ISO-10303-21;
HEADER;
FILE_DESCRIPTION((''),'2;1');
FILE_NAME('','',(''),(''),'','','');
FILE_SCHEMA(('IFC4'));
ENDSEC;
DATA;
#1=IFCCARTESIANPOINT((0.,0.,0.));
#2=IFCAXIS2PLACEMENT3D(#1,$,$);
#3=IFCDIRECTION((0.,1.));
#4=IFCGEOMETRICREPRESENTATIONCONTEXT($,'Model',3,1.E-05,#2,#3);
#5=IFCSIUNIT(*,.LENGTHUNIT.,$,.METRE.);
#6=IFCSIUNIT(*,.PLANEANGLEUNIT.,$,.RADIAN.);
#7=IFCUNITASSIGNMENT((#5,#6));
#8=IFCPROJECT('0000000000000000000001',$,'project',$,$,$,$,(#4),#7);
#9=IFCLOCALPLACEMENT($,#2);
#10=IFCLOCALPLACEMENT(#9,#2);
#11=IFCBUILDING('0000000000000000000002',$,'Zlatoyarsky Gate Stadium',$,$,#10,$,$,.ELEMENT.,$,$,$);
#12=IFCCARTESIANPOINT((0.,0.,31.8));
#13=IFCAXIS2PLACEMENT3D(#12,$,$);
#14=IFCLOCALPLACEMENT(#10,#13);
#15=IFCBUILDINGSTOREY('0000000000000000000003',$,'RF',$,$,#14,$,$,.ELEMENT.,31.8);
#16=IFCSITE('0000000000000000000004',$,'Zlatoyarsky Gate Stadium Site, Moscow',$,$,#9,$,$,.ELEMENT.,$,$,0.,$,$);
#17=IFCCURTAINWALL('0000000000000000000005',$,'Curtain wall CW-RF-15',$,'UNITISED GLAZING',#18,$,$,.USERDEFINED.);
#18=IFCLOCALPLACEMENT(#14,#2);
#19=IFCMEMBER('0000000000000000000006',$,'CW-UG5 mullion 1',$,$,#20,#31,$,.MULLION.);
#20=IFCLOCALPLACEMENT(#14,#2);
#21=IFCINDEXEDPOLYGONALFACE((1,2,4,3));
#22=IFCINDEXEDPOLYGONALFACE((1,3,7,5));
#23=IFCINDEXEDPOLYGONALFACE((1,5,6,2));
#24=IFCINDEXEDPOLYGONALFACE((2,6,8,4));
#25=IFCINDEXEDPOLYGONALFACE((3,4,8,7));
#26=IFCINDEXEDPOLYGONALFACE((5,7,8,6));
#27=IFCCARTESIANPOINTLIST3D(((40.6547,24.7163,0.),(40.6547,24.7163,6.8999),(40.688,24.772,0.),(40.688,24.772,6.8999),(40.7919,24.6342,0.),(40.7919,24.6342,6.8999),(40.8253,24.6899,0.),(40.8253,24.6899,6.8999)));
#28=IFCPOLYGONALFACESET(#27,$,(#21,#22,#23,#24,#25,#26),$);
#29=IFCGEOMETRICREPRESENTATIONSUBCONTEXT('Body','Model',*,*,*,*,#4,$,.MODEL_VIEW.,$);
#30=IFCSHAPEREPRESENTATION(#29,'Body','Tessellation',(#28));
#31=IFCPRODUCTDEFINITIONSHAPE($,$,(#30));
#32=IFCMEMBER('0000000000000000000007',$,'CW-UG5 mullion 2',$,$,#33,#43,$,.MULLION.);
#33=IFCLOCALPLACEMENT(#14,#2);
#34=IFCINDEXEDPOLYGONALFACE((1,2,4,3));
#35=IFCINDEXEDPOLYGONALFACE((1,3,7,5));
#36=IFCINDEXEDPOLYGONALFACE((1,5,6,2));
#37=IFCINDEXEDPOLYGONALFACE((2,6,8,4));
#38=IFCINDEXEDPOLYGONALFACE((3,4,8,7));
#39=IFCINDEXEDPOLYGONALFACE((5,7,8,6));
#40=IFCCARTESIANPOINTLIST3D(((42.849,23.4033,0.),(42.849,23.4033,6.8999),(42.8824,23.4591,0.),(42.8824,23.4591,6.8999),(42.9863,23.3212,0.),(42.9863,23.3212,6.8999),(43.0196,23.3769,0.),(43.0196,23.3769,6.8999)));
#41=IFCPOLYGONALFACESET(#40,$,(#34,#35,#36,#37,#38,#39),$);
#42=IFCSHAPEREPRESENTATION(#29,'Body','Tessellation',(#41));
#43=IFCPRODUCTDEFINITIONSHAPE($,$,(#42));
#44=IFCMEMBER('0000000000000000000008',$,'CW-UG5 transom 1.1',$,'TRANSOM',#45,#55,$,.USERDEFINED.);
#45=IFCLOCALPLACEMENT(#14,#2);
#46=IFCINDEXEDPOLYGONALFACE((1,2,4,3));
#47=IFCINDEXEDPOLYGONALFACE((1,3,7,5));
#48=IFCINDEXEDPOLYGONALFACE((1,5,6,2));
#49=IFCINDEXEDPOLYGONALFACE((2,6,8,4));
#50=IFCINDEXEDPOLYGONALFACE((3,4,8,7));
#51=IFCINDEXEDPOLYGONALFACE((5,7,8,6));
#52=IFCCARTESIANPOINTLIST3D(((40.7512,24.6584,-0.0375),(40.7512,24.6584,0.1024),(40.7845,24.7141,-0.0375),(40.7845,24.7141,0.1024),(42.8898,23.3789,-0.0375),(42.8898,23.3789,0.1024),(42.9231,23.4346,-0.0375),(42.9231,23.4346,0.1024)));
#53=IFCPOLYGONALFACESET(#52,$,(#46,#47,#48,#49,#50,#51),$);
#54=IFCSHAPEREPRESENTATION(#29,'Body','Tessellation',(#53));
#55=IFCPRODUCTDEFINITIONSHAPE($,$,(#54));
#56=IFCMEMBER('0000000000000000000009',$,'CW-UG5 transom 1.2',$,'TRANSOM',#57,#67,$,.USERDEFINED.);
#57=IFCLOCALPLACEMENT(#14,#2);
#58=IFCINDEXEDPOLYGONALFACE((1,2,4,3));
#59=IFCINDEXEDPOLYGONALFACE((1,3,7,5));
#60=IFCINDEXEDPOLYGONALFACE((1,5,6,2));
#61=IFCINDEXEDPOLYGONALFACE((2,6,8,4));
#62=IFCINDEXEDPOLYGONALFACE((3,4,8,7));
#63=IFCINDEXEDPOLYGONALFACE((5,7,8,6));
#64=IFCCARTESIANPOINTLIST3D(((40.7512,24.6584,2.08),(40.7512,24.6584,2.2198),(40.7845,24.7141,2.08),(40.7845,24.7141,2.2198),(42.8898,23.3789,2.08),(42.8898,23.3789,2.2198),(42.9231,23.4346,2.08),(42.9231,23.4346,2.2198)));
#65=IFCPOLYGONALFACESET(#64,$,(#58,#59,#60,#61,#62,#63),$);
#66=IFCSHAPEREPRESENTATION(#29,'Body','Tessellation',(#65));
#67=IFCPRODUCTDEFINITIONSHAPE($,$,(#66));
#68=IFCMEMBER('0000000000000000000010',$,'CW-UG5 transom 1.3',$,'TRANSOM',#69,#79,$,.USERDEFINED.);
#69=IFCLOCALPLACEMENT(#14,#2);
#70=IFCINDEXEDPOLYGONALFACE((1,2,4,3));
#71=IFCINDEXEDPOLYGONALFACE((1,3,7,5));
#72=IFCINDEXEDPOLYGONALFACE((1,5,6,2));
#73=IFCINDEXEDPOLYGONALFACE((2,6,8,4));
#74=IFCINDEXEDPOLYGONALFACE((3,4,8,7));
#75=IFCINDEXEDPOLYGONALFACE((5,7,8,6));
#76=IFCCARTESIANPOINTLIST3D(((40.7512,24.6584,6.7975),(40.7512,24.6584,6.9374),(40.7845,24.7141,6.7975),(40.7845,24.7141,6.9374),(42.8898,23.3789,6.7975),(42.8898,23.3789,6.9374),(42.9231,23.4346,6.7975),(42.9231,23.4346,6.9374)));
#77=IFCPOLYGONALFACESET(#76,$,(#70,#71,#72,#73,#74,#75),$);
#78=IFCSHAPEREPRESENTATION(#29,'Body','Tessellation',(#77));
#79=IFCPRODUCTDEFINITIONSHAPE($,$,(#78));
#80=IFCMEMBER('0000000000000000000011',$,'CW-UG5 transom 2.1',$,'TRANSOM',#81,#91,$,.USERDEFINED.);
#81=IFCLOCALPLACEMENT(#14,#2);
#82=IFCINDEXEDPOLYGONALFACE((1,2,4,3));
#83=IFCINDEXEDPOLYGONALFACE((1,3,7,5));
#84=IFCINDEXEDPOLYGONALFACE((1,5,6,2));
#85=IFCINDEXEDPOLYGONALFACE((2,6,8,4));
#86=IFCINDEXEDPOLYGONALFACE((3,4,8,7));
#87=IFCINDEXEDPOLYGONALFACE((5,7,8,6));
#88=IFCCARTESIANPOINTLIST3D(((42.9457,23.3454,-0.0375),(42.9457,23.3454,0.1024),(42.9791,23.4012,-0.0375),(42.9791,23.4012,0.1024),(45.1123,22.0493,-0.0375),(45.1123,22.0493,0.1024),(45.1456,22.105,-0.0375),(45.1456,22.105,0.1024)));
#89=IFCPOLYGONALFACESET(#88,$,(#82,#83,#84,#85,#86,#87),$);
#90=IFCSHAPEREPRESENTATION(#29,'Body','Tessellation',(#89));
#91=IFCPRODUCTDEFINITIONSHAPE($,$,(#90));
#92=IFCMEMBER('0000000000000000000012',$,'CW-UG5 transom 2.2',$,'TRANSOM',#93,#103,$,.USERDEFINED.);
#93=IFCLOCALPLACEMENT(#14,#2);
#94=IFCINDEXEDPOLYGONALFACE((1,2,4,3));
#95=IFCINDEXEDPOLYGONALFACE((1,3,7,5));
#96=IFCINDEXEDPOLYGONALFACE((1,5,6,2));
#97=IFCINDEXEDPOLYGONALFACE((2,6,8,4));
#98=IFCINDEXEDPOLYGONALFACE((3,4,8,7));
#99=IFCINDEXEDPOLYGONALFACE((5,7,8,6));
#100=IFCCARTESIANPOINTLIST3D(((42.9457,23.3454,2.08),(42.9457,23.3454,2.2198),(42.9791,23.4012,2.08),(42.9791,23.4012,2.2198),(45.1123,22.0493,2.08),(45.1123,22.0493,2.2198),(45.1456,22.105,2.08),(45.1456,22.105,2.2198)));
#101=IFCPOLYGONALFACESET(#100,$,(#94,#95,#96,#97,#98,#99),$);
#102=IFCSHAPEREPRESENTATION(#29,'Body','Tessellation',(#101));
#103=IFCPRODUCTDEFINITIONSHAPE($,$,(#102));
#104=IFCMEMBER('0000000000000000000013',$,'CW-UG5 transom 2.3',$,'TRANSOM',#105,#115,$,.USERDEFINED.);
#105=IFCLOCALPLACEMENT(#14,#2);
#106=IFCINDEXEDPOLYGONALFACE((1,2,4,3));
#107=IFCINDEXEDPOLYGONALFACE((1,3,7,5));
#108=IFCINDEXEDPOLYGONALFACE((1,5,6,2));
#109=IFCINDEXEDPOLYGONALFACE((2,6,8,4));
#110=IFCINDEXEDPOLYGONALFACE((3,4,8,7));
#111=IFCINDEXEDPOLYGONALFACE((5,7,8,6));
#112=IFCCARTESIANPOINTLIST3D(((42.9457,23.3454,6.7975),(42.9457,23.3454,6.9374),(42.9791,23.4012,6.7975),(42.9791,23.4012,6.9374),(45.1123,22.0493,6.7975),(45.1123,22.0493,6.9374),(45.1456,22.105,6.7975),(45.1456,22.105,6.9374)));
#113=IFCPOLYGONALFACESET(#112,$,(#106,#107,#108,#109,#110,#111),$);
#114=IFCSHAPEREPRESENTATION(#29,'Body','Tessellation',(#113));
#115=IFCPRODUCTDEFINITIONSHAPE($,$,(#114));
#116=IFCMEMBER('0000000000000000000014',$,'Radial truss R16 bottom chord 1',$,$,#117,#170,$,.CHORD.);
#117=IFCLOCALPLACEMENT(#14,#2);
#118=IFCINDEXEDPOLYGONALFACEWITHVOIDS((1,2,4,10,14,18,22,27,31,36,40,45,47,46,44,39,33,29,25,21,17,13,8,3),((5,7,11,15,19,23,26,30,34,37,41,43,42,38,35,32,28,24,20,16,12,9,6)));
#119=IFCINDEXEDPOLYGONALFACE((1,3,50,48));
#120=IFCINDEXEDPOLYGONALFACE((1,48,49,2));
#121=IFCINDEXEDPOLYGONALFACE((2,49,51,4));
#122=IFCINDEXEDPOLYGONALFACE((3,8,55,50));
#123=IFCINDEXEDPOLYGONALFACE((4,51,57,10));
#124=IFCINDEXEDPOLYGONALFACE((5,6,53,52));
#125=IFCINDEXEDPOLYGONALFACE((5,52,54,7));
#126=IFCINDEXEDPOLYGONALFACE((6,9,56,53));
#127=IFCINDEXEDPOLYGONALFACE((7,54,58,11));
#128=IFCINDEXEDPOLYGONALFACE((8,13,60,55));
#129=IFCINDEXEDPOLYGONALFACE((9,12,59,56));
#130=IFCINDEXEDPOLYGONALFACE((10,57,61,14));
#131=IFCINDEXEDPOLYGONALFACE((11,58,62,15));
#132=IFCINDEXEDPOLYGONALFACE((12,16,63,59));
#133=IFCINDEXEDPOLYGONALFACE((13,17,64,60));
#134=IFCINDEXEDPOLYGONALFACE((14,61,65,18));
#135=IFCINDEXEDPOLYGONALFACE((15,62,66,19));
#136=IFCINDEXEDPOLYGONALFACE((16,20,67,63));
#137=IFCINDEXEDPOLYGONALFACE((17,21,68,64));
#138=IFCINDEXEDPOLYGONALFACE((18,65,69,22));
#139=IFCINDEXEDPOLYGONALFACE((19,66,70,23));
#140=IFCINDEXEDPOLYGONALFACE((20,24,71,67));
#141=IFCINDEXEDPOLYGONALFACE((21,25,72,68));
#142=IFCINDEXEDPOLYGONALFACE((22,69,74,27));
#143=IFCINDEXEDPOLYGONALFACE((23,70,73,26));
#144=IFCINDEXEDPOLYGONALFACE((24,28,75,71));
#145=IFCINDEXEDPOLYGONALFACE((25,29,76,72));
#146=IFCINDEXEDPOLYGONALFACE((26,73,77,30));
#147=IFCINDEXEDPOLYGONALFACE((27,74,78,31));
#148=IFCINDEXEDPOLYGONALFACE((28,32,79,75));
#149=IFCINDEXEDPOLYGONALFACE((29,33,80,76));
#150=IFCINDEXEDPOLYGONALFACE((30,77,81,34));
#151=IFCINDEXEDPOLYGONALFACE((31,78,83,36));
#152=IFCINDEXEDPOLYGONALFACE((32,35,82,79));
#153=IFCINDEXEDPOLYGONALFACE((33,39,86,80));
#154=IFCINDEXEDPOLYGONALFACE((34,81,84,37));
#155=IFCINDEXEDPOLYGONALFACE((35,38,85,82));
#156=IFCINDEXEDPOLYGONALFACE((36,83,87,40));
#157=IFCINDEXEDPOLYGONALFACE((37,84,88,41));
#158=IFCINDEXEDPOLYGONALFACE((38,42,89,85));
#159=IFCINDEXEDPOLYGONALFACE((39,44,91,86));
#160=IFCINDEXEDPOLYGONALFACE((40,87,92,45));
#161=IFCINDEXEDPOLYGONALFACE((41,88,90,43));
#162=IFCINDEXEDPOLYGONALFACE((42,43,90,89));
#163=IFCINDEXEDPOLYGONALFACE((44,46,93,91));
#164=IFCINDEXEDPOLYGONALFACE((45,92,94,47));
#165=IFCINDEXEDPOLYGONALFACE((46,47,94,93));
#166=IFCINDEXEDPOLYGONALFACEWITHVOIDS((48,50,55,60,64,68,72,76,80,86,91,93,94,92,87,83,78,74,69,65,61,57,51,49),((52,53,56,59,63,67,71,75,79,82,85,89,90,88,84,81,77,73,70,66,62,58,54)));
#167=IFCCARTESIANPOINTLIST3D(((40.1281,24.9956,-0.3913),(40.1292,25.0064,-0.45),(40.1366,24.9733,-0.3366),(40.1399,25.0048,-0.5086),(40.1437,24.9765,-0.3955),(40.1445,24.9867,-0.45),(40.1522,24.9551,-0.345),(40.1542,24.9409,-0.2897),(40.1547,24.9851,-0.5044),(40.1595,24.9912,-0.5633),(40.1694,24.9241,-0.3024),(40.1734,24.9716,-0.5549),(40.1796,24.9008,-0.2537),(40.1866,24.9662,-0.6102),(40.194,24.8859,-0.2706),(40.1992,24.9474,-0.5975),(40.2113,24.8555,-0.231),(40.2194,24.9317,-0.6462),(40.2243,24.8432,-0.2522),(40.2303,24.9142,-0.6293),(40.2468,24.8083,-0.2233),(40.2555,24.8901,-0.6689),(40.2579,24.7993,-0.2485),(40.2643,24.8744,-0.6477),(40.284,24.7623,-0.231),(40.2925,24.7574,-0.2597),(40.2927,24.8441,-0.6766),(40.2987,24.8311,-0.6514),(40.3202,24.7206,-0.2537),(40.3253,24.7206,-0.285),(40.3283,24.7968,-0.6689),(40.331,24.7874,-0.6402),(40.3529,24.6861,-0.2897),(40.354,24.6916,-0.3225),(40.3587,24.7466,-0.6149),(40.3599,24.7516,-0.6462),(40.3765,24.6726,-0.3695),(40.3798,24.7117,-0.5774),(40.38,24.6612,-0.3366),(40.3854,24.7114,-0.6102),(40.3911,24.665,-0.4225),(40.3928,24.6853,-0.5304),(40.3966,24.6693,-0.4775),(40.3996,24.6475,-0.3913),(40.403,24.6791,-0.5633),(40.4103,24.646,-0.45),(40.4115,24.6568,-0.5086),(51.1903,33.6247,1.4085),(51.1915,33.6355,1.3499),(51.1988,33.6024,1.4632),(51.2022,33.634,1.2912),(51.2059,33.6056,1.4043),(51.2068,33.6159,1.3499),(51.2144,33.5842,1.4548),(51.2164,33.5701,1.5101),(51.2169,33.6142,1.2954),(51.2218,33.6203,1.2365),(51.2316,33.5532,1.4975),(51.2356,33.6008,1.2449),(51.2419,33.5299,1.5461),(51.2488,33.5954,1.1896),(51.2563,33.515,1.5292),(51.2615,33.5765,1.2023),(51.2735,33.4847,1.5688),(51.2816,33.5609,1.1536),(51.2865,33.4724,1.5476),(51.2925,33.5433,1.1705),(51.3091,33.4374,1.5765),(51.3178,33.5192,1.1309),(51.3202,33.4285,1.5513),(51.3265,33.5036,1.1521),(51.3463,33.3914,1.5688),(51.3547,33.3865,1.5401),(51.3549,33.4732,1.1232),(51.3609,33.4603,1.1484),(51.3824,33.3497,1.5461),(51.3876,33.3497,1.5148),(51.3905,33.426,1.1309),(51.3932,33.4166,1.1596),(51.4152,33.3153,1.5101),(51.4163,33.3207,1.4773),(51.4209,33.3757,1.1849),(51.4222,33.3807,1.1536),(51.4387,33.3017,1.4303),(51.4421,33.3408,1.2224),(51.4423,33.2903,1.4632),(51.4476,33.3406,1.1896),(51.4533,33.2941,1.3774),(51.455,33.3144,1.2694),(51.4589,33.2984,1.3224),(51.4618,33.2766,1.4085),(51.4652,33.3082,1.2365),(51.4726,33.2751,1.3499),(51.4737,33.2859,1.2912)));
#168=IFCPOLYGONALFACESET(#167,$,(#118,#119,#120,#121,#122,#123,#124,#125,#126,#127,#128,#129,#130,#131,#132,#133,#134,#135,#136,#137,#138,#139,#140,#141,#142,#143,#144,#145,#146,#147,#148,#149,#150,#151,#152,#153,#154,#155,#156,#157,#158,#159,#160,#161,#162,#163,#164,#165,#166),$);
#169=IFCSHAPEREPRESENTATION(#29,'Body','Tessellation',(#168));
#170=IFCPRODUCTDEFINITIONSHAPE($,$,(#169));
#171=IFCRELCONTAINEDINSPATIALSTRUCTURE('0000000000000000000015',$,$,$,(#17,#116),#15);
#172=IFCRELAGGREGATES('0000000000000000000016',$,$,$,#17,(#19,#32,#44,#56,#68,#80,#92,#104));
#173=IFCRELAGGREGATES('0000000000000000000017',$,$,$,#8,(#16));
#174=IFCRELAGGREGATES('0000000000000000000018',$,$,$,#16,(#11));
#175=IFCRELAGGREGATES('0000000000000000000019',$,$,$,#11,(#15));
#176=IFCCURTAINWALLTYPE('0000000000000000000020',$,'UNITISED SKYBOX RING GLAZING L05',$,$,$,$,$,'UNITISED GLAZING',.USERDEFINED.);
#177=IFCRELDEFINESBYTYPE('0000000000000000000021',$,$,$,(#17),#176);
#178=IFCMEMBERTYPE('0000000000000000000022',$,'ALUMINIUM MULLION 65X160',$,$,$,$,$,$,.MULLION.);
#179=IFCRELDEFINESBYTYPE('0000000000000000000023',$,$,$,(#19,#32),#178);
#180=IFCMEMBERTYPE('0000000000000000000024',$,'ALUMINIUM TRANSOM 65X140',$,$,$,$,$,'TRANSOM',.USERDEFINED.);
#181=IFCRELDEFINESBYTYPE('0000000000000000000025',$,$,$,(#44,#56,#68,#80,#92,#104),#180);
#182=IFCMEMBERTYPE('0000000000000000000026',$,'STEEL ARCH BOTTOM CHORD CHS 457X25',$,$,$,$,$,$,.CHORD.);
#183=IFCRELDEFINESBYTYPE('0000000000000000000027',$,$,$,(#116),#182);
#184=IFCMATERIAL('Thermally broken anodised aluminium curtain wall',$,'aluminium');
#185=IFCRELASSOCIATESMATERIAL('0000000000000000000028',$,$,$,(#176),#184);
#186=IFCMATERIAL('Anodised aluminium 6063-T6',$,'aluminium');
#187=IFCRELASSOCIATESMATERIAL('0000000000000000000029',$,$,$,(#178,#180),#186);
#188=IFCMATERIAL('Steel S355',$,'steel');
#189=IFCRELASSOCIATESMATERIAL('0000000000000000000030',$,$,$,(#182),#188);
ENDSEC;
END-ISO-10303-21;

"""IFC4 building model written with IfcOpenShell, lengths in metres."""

from ifc_helpers import new_model, si_unit, direction, frame, origin, origin_2d, place, context, subcontext, project, spatial, rectangle, hollow_circle, extrude, material, material_profile, profile_set, type_object, element, aggregate, save


model = new_model("IFC4")

# Units and contexts
model_context = context("Model", 3, precision=1e-05, world=origin(), true_north=direction((0.0, 1.0)))
body_context = subcontext(model_context, "Body", "Model", "MODEL_VIEW")
ifc_project = project(units=[si_unit("LENGTHUNIT", "METRE"), si_unit("PLANEANGLEUNIT", "RADIAN")], contexts=[model_context])

# Site, building, storey
site_placement = place(None, origin())
site = spatial("IfcSite", under=ifc_project, at=site_placement, Name="Zlatoyarsky Gate Stadium Site, Moscow", CompositionType="ELEMENT", RefElevation=0.0)
building_placement = place(site_placement, origin())
building = spatial("IfcBuilding", under=site, at=building_placement, Name="Zlatoyarsky Gate Stadium", CompositionType="ELEMENT")
storey_placement = place(building_placement, frame((0.0, 0.0, 31.8)))
storey = spatial("IfcBuildingStorey", under=building, at=storey_placement, Name="RF", CompositionType="ELEMENT", Elevation=31.8)

# Curtain wall, members
ifc_material_1 = material(Name="Thermally broken anodised aluminium curtain wall", Category="aluminium")
curtain_wall_type = type_object("IfcCurtainWallType", Name="UNITISED SKYBOX RING GLAZING L05", ElementType="UNITISED GLAZING", PredefinedType="USERDEFINED", material=ifc_material_1)
curtain_wall_placement = place(storey_placement, origin())
curtain_wall = element("IfcCurtainWall", 1, at=curtain_wall_placement, inside=storey, type_object=curtain_wall_type, Name="Curtain wall CW-RF-15", ObjectType="UNITISED GLAZING", PredefinedType="USERDEFINED")
ifc_material_2 = material(Name="Anodised aluminium 6063-T6", Category="aluminium")
ifc_material_profile_1 = material_profile(ifc_material_2, rectangle(XDim=0.0649, YDim=0.1599, at=origin_2d()), Name="ALU 65X160")
ifc_profile_set_1 = profile_set([ifc_material_profile_1], Name="Anodised aluminium 6063-T6")
member_type_1 = type_object("IfcMemberType", Name="ALUMINIUM MULLION 65X160", PredefinedType="MULLION", material=ifc_profile_set_1)
member_1_placement = place(storey_placement, frame((40.74, 24.7031, 0.0), z_axis=(0.0, 0.0, 1.0), x_axis=(0.513436, 0.858128, 0.0)))
member_1 = element("IfcMember", 2, at=member_1_placement, type_object=member_type_1, Name="CW-UG5 mullion 1", PredefinedType="MULLION", context=body_context, shape_type="SweptSolid", body=[
    extrude(rectangle(XDim=0.0649, YDim=0.1599, at=origin_2d()), origin(), (0.0, 0.0, 1.0), 6.8999),
])
member_2_placement = place(storey_placement, frame((42.9343, 23.3901, 0.0), z_axis=(0.0, 0.0, 1.0), x_axis=(0.513436, 0.858128, 0.0)))
member_2 = element("IfcMember", 3, at=member_2_placement, type_object=member_type_1, Name="CW-UG5 mullion 2", PredefinedType="MULLION", context=body_context, shape_type="SweptSolid", body=[
    extrude(rectangle(XDim=0.0649, YDim=0.1599, at=origin_2d()), origin(), (0.0, 0.0, 1.0), 6.8999),
])
ifc_material_profile_2 = material_profile(ifc_material_2, rectangle(XDim=0.0649, YDim=0.1399, at=origin_2d()), Name="ALU 65X140")
ifc_profile_set_2 = profile_set([ifc_material_profile_2], Name="Anodised aluminium 6063-T6")
member_type_2 = type_object("IfcMemberType", Name="ALUMINIUM TRANSOM 65X140", ElementType="TRANSOM", PredefinedType="USERDEFINED", material=ifc_profile_set_2)
member_3_placement = place(storey_placement, frame((40.7678, 24.6863, 0.0325), z_axis=(0.858141, -0.513415, 0.0), x_axis=(0.513415, 0.858141, 0.0)))
member_3 = element("IfcMember", 4, at=member_3_placement, type_object=member_type_2, Name="CW-UG5 transom 1.1", ObjectType="TRANSOM", PredefinedType="USERDEFINED", context=body_context, shape_type="SweptSolid", body=[
    extrude(rectangle(XDim=0.0649, YDim=0.1399, at=origin_2d()), origin(), (0.0, 0.0, 1.0), 2.4922),
])
member_4_placement = place(storey_placement, frame((40.7678, 24.6863, 2.1499), z_axis=(0.858141, -0.513415, 0.0), x_axis=(0.513415, 0.858141, 0.0)))
member_4 = element("IfcMember", 5, at=member_4_placement, type_object=member_type_2, Name="CW-UG5 transom 1.2", ObjectType="TRANSOM", PredefinedType="USERDEFINED", context=body_context, shape_type="SweptSolid", body=[
    extrude(rectangle(XDim=0.0649, YDim=0.1399, at=origin_2d()), origin(), (0.0, 0.0, 1.0), 2.4922),
])
member_5_placement = place(storey_placement, frame((40.7678, 24.6863, 6.8674), z_axis=(0.858141, -0.513415, 0.0), x_axis=(0.513415, 0.858141, 0.0)))
member_5 = element("IfcMember", 6, at=member_5_placement, type_object=member_type_2, Name="CW-UG5 transom 1.3", ObjectType="TRANSOM", PredefinedType="USERDEFINED", context=body_context, shape_type="SweptSolid", body=[
    extrude(rectangle(XDim=0.0649, YDim=0.1399, at=origin_2d()), origin(), (0.0, 0.0, 1.0), 2.4922),
])
member_6_placement = place(storey_placement, frame((42.9624, 23.3733, 0.0325), z_axis=(0.858149, -0.5134, 0.0), x_axis=(0.5134, 0.858149, 0.0)))
member_6 = element("IfcMember", 7, at=member_6_placement, type_object=member_type_2, Name="CW-UG5 transom 2.1", ObjectType="TRANSOM", PredefinedType="USERDEFINED", context=body_context, shape_type="SweptSolid", body=[
    extrude(rectangle(XDim=0.0649, YDim=0.1399, at=origin_2d()), origin(), (0.0, 0.0, 1.0), 2.5247),
])
member_7_placement = place(storey_placement, frame((42.9624, 23.3733, 2.1499), z_axis=(0.858149, -0.5134, 0.0), x_axis=(0.5134, 0.858149, 0.0)))
member_7 = element("IfcMember", 8, at=member_7_placement, type_object=member_type_2, Name="CW-UG5 transom 2.2", ObjectType="TRANSOM", PredefinedType="USERDEFINED", context=body_context, shape_type="SweptSolid", body=[
    extrude(rectangle(XDim=0.0649, YDim=0.1399, at=origin_2d()), origin(), (0.0, 0.0, 1.0), 2.5247),
])
member_8_placement = place(storey_placement, frame((42.9624, 23.3733, 6.8674), z_axis=(0.858149, -0.5134, 0.0), x_axis=(0.5134, 0.858149, 0.0)))
member_8 = element("IfcMember", 9, at=member_8_placement, type_object=member_type_2, Name="CW-UG5 transom 2.3", ObjectType="TRANSOM", PredefinedType="USERDEFINED", context=body_context, shape_type="SweptSolid", body=[
    extrude(rectangle(XDim=0.0649, YDim=0.1399, at=origin_2d()), origin(), (0.0, 0.0, 1.0), 2.5247),
])

# Member
ifc_material_3 = material(Name="Steel S355", Category="steel")
ifc_material_profile_3 = material_profile(ifc_material_3, hollow_circle(Radius=0.2285, WallThickness=0.0249, at=origin_2d()), Name="CHS 457X25")
ifc_profile_set_3 = profile_set([ifc_material_profile_3], Name="Steel S355")
member_type_3 = type_object("IfcMemberType", Name="STEEL ARCH BOTTOM CHORD CHS 457X25", PredefinedType="CHORD", material=ifc_profile_set_3)
member_9_placement = place(storey_placement, frame((40.2698, 24.8262, -0.45), z_axis=(0.782073, 0.610059, 0.127242), x_axis=(-0.615058, 0.788482, 0.0)))
element("IfcMember", 10, at=member_9_placement, inside=storey, type_object=member_type_3, Name="Radial truss R16 bottom chord 1", PredefinedType="CHORD", context=body_context, shape_type="SweptSolid", body=[
    extrude(hollow_circle(Radius=0.2285, WallThickness=0.0249, at=origin_2d()), origin(), (0.0, 0.0, 1.0), 14.1448),
])

aggregate(curtain_wall, [member_1, member_2, member_3, member_4, member_5, member_6, member_7, member_8])

save(model, "model.ifc")
